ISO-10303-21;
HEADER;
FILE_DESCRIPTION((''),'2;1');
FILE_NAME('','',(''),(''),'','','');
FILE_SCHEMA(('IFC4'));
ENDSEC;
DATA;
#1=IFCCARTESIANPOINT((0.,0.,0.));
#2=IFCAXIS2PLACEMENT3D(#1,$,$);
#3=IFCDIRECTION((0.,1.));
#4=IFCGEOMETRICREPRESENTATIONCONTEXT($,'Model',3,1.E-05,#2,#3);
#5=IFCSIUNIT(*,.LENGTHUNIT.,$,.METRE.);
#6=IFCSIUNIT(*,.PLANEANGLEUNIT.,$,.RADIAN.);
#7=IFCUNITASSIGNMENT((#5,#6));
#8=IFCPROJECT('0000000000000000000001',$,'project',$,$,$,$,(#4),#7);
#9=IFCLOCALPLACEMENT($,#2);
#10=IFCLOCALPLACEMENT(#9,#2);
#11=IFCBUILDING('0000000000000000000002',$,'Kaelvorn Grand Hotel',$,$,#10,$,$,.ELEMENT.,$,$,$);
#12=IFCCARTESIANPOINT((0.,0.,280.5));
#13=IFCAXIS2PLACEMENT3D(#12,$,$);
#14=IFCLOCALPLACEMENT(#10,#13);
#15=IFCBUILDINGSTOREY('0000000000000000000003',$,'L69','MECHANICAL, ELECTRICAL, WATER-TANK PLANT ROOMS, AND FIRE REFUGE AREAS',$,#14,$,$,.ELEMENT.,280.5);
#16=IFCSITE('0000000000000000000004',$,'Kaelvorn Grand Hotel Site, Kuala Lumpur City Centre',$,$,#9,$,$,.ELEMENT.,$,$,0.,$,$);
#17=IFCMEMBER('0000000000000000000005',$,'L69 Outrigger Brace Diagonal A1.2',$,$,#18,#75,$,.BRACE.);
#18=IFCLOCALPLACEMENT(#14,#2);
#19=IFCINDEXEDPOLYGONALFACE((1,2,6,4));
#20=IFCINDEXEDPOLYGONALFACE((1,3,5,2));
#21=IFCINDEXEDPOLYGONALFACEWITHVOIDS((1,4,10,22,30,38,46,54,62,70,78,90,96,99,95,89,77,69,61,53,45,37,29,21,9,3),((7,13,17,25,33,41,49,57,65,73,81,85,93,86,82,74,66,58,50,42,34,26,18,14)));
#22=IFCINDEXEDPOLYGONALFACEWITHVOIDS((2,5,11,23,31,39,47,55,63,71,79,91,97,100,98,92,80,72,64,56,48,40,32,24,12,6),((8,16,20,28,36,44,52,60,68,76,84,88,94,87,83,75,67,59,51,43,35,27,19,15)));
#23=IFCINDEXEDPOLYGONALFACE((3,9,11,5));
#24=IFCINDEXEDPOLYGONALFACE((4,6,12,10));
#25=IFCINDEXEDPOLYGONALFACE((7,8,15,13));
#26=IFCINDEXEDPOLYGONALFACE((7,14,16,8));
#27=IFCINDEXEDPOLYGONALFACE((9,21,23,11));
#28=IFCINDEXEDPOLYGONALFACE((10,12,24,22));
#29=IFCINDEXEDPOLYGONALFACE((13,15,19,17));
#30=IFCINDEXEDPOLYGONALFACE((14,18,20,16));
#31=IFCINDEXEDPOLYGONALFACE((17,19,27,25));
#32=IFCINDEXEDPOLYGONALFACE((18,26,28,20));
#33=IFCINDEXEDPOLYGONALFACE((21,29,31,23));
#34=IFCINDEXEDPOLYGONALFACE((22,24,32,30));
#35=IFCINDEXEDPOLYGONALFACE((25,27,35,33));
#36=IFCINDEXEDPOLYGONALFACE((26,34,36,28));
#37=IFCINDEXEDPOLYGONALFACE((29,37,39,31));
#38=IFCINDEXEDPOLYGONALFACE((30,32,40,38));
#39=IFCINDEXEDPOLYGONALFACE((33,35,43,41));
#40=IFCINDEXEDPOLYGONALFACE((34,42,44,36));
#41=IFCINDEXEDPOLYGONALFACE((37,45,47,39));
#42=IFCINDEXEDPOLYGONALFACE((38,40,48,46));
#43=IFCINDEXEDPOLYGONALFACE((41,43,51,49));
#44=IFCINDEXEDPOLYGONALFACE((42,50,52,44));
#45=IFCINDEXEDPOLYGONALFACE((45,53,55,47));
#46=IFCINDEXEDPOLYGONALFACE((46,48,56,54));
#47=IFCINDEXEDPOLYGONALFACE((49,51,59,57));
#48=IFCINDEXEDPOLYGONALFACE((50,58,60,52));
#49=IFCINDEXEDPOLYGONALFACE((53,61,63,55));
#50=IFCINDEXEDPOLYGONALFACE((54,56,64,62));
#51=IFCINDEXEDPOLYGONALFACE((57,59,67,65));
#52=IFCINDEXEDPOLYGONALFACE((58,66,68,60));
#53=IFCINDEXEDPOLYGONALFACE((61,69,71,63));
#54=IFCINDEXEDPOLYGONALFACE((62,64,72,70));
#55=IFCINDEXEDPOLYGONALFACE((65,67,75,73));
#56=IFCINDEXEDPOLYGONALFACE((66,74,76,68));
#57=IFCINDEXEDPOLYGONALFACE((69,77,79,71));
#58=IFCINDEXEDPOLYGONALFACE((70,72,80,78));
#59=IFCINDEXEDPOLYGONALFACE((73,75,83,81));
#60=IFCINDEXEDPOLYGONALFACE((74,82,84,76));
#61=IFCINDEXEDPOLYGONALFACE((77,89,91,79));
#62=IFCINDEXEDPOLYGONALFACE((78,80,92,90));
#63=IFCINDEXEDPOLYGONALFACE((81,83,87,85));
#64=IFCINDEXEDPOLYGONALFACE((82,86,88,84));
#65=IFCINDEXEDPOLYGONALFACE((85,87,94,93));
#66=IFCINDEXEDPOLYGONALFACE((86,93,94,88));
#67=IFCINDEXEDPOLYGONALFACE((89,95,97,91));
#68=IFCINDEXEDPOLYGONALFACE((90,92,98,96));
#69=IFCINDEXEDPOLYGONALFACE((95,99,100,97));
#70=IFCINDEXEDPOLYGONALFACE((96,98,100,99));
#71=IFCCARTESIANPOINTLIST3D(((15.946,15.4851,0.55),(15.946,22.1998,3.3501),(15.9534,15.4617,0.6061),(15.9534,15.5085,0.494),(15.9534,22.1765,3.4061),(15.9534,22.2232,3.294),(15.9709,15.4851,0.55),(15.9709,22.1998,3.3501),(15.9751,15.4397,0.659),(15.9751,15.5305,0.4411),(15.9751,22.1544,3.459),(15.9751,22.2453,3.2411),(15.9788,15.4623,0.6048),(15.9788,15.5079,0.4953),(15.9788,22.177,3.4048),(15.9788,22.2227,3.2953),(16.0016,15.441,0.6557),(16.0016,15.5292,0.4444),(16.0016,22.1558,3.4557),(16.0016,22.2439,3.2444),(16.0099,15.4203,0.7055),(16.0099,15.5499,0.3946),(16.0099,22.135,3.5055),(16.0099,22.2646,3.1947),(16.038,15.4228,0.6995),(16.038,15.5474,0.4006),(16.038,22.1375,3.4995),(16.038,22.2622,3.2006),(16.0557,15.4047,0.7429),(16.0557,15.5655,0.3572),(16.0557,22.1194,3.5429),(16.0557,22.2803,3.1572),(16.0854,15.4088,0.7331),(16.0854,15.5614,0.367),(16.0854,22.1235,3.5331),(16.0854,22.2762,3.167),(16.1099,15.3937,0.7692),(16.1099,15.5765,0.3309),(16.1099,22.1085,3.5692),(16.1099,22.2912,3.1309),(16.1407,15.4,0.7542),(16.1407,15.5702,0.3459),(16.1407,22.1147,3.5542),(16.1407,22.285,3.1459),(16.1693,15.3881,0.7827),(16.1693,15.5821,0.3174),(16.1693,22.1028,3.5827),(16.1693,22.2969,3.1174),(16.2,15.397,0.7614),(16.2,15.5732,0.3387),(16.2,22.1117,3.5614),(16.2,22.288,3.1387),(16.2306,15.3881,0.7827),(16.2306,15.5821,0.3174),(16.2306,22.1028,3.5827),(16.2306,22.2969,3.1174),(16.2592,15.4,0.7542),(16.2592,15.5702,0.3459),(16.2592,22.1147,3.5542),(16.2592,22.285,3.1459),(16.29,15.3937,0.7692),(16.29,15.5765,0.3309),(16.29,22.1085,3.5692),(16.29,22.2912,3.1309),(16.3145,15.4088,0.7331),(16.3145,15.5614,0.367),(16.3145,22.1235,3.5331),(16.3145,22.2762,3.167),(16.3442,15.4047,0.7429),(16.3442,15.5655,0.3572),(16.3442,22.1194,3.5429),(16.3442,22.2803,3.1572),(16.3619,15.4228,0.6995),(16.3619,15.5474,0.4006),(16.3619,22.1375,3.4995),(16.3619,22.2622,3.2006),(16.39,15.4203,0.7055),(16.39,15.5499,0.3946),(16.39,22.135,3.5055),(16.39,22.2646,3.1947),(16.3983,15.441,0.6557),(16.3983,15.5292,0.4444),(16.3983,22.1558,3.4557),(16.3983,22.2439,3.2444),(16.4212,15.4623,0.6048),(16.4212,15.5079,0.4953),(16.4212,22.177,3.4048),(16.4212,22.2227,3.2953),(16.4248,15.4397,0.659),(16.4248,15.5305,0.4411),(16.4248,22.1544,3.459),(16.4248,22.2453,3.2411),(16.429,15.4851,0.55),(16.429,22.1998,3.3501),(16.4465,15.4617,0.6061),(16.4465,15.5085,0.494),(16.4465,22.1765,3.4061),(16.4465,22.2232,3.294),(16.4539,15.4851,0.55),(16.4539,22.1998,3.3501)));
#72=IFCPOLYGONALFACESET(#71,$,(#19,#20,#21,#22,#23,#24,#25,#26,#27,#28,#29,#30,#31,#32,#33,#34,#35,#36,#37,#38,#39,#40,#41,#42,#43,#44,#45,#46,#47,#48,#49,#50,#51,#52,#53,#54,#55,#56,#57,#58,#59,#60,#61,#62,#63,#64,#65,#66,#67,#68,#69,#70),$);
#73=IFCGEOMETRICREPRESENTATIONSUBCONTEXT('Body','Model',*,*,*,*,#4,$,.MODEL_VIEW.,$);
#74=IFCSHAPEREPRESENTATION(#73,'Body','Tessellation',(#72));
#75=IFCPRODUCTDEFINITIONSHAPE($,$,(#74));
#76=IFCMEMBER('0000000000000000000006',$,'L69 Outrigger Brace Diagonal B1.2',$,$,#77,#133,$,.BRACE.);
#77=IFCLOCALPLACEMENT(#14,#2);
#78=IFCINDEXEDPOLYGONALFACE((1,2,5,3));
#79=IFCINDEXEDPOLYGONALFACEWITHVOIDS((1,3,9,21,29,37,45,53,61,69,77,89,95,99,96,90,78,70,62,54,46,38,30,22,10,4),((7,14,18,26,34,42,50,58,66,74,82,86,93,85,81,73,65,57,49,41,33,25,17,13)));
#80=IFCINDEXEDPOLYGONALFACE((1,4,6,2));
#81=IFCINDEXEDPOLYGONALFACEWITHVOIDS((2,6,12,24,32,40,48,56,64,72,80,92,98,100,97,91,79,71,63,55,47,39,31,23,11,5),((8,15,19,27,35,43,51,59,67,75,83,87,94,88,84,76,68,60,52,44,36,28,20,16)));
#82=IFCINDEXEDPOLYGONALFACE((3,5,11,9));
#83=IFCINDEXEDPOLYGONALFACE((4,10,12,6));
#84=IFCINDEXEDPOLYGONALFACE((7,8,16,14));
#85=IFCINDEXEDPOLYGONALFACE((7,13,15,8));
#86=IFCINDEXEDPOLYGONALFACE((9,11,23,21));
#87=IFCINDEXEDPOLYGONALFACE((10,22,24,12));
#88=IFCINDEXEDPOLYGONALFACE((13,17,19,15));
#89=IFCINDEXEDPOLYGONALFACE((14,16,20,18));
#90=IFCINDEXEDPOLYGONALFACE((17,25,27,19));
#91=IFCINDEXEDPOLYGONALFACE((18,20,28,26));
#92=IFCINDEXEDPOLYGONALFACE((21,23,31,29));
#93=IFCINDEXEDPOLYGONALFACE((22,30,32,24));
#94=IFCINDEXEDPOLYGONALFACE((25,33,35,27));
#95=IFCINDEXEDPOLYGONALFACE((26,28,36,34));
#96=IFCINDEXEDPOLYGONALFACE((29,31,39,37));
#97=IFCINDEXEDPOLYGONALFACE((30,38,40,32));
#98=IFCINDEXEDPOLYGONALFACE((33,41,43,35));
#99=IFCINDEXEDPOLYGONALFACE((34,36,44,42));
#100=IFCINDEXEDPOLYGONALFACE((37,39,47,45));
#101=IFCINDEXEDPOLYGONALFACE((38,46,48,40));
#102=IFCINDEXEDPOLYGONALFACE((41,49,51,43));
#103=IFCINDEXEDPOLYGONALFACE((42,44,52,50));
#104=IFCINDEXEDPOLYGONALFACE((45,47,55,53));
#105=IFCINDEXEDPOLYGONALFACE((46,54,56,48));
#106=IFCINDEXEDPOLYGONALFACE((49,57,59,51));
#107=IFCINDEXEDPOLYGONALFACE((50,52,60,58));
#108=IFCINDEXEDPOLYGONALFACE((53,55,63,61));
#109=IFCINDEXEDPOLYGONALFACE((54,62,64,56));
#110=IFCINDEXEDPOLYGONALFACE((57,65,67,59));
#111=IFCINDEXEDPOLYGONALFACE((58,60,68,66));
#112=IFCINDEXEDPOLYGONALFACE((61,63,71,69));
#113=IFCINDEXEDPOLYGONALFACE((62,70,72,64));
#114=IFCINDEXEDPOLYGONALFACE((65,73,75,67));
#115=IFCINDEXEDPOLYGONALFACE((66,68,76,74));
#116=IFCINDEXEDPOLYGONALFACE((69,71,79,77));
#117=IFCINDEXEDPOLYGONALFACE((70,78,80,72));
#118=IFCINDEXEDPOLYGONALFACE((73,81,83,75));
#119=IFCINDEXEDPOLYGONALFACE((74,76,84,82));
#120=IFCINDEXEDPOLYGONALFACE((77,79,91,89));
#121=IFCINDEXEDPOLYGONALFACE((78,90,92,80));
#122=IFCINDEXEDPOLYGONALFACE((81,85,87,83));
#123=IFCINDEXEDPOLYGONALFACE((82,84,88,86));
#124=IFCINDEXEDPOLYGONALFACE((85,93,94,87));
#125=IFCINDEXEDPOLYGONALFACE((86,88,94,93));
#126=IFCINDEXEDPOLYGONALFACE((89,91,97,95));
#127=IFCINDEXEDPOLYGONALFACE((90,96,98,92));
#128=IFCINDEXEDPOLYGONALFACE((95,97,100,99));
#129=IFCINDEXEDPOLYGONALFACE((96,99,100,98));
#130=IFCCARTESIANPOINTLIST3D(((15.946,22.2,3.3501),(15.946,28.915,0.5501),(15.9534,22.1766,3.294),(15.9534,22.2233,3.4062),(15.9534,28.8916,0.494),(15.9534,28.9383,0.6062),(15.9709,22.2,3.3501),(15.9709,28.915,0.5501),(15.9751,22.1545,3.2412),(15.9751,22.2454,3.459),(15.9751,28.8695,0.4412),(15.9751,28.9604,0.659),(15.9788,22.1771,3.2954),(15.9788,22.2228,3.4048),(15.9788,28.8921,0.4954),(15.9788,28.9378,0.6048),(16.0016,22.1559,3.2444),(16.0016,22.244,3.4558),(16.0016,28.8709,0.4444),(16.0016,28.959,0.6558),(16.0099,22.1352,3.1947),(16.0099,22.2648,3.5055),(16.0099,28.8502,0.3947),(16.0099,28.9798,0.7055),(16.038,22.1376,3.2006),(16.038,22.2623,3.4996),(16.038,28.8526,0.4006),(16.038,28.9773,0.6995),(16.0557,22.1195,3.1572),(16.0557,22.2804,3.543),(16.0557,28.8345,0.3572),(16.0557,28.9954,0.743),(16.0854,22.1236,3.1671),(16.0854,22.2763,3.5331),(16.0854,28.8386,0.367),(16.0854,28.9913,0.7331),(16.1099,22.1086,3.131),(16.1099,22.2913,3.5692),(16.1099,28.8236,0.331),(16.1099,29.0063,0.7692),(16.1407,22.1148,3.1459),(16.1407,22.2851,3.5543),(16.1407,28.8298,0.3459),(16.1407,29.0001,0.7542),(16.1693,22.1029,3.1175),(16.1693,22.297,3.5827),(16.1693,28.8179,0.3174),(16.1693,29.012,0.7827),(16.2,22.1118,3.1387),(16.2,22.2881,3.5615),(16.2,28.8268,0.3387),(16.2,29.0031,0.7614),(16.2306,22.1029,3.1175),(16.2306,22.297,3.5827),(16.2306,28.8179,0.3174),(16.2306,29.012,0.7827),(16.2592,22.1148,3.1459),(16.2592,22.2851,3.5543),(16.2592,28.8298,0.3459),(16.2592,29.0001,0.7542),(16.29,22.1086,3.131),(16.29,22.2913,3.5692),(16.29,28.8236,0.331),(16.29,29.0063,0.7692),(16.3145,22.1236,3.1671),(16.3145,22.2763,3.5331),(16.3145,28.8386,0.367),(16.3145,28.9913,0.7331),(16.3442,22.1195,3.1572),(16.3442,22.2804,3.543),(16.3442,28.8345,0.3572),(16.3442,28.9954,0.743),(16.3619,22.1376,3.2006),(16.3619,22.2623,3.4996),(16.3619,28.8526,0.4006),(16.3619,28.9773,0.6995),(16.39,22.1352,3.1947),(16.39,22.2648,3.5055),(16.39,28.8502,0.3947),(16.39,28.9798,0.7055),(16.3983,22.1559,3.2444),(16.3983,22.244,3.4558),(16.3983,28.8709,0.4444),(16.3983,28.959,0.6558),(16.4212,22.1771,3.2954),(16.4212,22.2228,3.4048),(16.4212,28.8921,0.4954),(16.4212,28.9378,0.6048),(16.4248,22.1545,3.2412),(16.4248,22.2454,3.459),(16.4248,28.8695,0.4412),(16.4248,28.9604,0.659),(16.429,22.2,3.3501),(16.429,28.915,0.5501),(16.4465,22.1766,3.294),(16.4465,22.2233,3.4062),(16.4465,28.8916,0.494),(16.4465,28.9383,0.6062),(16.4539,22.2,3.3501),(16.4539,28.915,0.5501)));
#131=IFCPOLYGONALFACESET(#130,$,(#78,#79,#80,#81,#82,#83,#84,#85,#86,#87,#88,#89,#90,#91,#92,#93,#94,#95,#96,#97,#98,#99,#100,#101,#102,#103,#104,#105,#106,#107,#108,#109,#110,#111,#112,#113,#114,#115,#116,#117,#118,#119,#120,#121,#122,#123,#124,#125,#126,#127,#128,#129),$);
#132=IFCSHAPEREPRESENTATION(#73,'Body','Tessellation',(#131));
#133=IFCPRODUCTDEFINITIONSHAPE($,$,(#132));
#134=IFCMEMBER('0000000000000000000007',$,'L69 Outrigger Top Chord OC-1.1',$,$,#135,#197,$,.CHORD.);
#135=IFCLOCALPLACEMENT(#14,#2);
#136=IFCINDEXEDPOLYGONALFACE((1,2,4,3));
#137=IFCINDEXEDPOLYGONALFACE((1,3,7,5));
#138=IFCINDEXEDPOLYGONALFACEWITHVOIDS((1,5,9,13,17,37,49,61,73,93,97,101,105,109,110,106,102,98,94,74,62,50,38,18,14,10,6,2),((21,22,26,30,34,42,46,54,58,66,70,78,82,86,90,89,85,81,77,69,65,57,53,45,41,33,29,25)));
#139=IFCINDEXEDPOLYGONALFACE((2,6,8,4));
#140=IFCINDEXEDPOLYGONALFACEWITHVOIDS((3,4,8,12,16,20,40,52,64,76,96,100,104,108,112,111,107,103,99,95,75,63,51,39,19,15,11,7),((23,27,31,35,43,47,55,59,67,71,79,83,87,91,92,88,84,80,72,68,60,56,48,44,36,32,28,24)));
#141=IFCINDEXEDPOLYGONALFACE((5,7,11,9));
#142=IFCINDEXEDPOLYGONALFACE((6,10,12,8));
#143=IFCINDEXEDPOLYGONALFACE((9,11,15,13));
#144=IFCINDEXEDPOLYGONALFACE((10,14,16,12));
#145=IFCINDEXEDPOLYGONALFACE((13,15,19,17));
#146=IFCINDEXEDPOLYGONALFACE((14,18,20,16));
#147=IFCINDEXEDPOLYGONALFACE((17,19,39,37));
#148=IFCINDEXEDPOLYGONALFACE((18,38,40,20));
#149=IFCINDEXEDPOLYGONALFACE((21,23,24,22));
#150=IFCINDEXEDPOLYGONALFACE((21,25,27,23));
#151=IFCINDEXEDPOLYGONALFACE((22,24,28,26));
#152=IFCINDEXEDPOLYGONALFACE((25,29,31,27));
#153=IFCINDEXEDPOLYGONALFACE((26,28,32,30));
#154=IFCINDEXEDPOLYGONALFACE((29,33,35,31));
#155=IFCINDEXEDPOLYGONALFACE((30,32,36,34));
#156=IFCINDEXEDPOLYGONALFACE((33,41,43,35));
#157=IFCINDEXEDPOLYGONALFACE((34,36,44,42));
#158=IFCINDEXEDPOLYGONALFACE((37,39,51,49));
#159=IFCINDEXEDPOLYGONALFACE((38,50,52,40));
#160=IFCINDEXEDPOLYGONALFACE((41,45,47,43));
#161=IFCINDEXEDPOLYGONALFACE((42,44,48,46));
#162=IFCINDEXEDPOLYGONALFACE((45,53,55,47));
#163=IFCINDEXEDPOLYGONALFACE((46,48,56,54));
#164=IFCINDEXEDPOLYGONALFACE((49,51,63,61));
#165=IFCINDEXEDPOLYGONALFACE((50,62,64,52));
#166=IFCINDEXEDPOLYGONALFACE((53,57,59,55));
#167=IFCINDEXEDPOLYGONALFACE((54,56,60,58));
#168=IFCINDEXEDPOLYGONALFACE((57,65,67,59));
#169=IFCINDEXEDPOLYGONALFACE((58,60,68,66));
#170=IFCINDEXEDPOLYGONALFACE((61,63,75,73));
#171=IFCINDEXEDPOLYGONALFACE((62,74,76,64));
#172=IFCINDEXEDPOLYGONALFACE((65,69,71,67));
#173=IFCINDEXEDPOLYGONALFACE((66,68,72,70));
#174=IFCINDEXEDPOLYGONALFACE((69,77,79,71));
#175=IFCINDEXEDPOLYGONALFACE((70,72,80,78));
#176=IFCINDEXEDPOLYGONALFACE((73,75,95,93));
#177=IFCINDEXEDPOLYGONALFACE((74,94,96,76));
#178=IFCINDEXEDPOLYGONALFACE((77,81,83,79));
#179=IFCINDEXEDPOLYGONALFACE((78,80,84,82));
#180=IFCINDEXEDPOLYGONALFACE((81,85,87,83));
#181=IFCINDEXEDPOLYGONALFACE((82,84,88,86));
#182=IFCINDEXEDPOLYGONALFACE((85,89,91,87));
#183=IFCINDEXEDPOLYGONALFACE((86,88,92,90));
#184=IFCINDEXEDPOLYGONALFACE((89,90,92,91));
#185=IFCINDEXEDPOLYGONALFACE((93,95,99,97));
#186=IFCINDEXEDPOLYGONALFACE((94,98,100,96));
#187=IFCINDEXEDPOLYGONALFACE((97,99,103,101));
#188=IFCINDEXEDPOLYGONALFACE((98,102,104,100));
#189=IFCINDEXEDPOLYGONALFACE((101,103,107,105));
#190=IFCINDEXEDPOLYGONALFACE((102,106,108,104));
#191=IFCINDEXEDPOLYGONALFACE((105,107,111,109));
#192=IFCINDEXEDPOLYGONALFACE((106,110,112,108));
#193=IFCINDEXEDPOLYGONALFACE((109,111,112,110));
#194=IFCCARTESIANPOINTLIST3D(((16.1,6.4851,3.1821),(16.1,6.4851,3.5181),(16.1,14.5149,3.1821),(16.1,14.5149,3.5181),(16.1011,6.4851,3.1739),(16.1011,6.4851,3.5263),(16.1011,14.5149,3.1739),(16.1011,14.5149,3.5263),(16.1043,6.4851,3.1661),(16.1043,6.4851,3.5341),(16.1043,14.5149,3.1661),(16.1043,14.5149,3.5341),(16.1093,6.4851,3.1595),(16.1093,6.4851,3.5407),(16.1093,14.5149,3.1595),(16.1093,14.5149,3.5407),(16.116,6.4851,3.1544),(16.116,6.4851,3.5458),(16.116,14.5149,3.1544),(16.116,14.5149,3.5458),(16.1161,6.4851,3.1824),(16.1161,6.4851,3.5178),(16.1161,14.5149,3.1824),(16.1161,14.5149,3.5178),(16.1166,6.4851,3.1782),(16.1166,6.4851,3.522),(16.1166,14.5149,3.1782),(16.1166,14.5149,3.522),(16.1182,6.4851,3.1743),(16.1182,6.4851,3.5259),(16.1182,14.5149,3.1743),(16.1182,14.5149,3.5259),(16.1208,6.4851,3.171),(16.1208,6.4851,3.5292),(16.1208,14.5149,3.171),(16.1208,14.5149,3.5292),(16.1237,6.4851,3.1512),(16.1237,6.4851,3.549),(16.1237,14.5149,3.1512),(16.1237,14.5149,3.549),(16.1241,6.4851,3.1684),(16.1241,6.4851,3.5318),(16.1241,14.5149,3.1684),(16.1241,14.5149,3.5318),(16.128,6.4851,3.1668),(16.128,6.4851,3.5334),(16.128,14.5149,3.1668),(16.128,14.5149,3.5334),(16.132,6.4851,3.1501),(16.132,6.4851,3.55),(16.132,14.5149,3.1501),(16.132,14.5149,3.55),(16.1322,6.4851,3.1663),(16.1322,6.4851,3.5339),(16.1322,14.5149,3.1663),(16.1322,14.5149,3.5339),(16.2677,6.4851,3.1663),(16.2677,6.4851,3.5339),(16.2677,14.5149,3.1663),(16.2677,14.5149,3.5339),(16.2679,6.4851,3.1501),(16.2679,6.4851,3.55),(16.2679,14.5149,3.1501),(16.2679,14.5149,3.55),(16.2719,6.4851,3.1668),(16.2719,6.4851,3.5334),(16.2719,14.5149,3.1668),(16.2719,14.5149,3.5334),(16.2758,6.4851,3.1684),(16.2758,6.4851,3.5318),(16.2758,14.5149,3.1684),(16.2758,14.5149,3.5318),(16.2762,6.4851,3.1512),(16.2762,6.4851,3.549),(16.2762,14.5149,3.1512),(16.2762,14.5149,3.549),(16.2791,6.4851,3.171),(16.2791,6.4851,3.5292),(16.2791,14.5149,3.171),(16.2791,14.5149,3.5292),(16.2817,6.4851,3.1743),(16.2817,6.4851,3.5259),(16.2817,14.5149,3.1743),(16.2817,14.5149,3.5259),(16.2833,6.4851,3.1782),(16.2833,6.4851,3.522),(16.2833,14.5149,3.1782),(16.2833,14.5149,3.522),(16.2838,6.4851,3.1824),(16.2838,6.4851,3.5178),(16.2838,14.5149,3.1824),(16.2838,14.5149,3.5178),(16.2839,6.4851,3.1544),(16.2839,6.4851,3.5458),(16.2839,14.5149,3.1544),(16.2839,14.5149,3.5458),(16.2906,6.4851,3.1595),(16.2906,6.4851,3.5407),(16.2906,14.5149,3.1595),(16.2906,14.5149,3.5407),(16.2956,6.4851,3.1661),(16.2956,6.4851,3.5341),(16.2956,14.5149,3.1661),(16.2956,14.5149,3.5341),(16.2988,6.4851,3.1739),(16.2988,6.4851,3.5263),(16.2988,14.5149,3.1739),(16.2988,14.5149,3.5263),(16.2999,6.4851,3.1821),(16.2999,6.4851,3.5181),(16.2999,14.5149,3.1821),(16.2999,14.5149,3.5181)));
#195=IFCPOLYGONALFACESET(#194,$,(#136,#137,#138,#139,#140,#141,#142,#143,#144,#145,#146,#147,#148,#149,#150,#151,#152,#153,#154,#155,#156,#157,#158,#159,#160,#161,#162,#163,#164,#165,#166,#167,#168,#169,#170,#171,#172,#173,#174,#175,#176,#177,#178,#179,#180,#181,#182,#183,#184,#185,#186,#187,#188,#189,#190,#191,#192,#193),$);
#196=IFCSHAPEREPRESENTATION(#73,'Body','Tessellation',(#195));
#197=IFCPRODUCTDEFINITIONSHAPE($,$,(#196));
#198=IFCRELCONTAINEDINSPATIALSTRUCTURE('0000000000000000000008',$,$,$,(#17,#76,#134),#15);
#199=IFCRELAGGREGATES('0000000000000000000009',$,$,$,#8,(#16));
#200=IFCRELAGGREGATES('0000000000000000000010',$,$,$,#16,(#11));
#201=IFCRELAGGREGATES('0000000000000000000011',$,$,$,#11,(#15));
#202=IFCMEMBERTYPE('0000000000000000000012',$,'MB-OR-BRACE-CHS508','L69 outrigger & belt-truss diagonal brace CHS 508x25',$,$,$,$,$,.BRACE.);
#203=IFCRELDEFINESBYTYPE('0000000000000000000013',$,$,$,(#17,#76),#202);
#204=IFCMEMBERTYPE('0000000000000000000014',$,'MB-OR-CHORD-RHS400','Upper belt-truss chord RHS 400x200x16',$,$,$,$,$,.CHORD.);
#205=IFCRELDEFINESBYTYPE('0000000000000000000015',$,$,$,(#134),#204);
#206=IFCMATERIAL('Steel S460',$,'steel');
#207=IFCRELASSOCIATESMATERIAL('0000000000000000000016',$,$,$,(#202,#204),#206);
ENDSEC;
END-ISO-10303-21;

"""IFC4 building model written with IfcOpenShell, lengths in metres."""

from ifc_helpers import new_model, si_unit, direction, frame, origin, origin_2d, place, context, subcontext, project, spatial, hollow_rectangle, hollow_circle, extrude, material, material_profile, profile_set, type_object, element, save


model = new_model("IFC4")

# Units and contexts
model_context = context("Model", 3, precision=1e-05, world=origin(), true_north=direction((0.0, 1.0)))
body_context = subcontext(model_context, "Body", "Model", "MODEL_VIEW")
ifc_project = project(units=[si_unit("LENGTHUNIT", "METRE"), si_unit("PLANEANGLEUNIT", "RADIAN")], contexts=[model_context])

# Site, building, storey
site_placement = place(None, origin())
site = spatial("IfcSite", under=ifc_project, at=site_placement, Name="Kaelvorn Grand Hotel Site, Kuala Lumpur City Centre", CompositionType="ELEMENT", RefElevation=0.0)
building_placement = place(site_placement, origin())
building = spatial("IfcBuilding", under=site, at=building_placement, Name="Kaelvorn Grand Hotel", CompositionType="ELEMENT")
storey_placement = place(building_placement, frame((0.0, 0.0, 280.5)))
storey = spatial("IfcBuildingStorey", under=building, at=storey_placement, Name="L69", Description="MECHANICAL, ELECTRICAL, WATER-TANK PLANT ROOMS, AND FIRE REFUGE AREAS", CompositionType="ELEMENT", Elevation=280.5)

# Shared definitions
ifc_material_1 = material(Name="Steel S460", Category="steel")

# Members
ifc_material_profile_1 = material_profile(ifc_material_1, hollow_circle(Radius=0.2539, WallThickness=0.0249, at=origin_2d()), Name="CHS 508.0x25.0")
ifc_profile_set_1 = profile_set([ifc_material_profile_1], Name="Steel S460")
member_type_1 = type_object("IfcMemberType", Name="MB-OR-BRACE-CHS508", Description="L69 outrigger & belt-truss diagonal brace CHS 508x25", PredefinedType="BRACE", material=ifc_profile_set_1)
member_1_placement = place(storey_placement, frame((16.2, 15.4851, 0.55), z_axis=(0.0, 0.92297, 0.384873), x_axis=(-1.0, 0.0, 0.0)))
element("IfcMember", 1, at=member_1_placement, inside=storey, type_object=member_type_1, Name="L69 Outrigger Brace Diagonal A1.2", PredefinedType="BRACE", context=body_context, shape_type="SweptSolid", body=[
    extrude(hollow_circle(Radius=0.2539, WallThickness=0.0249, at=origin_2d()), origin(), (0.0, 0.0, 1.0), 7.2751),
])
member_2_placement = place(storey_placement, frame((16.2, 22.2, 3.3501), z_axis=(0.0, 0.922975, -0.384861), x_axis=(-1.0, 0.0, 0.0)))
element("IfcMember", 2, at=member_2_placement, inside=storey, type_object=member_type_1, Name="L69 Outrigger Brace Diagonal B1.2", PredefinedType="BRACE", context=body_context, shape_type="SweptSolid", body=[
    extrude(hollow_circle(Radius=0.2539, WallThickness=0.0249, at=origin_2d()), origin(), (0.0, 0.0, 1.0), 7.2754),
])
ifc_material_profile_2 = material_profile(ifc_material_1, hollow_rectangle(XDim=0.2, YDim=0.3999, WallThickness=0.0161, InnerFilletRadius=0.0161, OuterFilletRadius=0.032, at=origin_2d()), Name="RHS 400x200x16.0")
ifc_profile_set_2 = profile_set([ifc_material_profile_2], Name="Steel S460")
member_type_2 = type_object("IfcMemberType", Name="MB-OR-CHORD-RHS400", Description="Upper belt-truss chord RHS 400x200x16", PredefinedType="CHORD", material=ifc_profile_set_2)
member_3_placement = place(storey_placement, frame((16.2, 6.4851, 3.3501), z_axis=(0.0, 1.0, 0.0), x_axis=(-1.0, 0.0, 0.0)))
element("IfcMember", 3, at=member_3_placement, inside=storey, type_object=member_type_2, Name="L69 Outrigger Top Chord OC-1.1", PredefinedType="CHORD", context=body_context, shape_type="SweptSolid", body=[
    extrude(hollow_rectangle(XDim=0.2, YDim=0.3999, WallThickness=0.0161, InnerFilletRadius=0.0161, OuterFilletRadius=0.032, at=origin_2d()), origin(), (0.0, 0.0, 1.0), 8.0298),
])

save(model, "model.ifc")
